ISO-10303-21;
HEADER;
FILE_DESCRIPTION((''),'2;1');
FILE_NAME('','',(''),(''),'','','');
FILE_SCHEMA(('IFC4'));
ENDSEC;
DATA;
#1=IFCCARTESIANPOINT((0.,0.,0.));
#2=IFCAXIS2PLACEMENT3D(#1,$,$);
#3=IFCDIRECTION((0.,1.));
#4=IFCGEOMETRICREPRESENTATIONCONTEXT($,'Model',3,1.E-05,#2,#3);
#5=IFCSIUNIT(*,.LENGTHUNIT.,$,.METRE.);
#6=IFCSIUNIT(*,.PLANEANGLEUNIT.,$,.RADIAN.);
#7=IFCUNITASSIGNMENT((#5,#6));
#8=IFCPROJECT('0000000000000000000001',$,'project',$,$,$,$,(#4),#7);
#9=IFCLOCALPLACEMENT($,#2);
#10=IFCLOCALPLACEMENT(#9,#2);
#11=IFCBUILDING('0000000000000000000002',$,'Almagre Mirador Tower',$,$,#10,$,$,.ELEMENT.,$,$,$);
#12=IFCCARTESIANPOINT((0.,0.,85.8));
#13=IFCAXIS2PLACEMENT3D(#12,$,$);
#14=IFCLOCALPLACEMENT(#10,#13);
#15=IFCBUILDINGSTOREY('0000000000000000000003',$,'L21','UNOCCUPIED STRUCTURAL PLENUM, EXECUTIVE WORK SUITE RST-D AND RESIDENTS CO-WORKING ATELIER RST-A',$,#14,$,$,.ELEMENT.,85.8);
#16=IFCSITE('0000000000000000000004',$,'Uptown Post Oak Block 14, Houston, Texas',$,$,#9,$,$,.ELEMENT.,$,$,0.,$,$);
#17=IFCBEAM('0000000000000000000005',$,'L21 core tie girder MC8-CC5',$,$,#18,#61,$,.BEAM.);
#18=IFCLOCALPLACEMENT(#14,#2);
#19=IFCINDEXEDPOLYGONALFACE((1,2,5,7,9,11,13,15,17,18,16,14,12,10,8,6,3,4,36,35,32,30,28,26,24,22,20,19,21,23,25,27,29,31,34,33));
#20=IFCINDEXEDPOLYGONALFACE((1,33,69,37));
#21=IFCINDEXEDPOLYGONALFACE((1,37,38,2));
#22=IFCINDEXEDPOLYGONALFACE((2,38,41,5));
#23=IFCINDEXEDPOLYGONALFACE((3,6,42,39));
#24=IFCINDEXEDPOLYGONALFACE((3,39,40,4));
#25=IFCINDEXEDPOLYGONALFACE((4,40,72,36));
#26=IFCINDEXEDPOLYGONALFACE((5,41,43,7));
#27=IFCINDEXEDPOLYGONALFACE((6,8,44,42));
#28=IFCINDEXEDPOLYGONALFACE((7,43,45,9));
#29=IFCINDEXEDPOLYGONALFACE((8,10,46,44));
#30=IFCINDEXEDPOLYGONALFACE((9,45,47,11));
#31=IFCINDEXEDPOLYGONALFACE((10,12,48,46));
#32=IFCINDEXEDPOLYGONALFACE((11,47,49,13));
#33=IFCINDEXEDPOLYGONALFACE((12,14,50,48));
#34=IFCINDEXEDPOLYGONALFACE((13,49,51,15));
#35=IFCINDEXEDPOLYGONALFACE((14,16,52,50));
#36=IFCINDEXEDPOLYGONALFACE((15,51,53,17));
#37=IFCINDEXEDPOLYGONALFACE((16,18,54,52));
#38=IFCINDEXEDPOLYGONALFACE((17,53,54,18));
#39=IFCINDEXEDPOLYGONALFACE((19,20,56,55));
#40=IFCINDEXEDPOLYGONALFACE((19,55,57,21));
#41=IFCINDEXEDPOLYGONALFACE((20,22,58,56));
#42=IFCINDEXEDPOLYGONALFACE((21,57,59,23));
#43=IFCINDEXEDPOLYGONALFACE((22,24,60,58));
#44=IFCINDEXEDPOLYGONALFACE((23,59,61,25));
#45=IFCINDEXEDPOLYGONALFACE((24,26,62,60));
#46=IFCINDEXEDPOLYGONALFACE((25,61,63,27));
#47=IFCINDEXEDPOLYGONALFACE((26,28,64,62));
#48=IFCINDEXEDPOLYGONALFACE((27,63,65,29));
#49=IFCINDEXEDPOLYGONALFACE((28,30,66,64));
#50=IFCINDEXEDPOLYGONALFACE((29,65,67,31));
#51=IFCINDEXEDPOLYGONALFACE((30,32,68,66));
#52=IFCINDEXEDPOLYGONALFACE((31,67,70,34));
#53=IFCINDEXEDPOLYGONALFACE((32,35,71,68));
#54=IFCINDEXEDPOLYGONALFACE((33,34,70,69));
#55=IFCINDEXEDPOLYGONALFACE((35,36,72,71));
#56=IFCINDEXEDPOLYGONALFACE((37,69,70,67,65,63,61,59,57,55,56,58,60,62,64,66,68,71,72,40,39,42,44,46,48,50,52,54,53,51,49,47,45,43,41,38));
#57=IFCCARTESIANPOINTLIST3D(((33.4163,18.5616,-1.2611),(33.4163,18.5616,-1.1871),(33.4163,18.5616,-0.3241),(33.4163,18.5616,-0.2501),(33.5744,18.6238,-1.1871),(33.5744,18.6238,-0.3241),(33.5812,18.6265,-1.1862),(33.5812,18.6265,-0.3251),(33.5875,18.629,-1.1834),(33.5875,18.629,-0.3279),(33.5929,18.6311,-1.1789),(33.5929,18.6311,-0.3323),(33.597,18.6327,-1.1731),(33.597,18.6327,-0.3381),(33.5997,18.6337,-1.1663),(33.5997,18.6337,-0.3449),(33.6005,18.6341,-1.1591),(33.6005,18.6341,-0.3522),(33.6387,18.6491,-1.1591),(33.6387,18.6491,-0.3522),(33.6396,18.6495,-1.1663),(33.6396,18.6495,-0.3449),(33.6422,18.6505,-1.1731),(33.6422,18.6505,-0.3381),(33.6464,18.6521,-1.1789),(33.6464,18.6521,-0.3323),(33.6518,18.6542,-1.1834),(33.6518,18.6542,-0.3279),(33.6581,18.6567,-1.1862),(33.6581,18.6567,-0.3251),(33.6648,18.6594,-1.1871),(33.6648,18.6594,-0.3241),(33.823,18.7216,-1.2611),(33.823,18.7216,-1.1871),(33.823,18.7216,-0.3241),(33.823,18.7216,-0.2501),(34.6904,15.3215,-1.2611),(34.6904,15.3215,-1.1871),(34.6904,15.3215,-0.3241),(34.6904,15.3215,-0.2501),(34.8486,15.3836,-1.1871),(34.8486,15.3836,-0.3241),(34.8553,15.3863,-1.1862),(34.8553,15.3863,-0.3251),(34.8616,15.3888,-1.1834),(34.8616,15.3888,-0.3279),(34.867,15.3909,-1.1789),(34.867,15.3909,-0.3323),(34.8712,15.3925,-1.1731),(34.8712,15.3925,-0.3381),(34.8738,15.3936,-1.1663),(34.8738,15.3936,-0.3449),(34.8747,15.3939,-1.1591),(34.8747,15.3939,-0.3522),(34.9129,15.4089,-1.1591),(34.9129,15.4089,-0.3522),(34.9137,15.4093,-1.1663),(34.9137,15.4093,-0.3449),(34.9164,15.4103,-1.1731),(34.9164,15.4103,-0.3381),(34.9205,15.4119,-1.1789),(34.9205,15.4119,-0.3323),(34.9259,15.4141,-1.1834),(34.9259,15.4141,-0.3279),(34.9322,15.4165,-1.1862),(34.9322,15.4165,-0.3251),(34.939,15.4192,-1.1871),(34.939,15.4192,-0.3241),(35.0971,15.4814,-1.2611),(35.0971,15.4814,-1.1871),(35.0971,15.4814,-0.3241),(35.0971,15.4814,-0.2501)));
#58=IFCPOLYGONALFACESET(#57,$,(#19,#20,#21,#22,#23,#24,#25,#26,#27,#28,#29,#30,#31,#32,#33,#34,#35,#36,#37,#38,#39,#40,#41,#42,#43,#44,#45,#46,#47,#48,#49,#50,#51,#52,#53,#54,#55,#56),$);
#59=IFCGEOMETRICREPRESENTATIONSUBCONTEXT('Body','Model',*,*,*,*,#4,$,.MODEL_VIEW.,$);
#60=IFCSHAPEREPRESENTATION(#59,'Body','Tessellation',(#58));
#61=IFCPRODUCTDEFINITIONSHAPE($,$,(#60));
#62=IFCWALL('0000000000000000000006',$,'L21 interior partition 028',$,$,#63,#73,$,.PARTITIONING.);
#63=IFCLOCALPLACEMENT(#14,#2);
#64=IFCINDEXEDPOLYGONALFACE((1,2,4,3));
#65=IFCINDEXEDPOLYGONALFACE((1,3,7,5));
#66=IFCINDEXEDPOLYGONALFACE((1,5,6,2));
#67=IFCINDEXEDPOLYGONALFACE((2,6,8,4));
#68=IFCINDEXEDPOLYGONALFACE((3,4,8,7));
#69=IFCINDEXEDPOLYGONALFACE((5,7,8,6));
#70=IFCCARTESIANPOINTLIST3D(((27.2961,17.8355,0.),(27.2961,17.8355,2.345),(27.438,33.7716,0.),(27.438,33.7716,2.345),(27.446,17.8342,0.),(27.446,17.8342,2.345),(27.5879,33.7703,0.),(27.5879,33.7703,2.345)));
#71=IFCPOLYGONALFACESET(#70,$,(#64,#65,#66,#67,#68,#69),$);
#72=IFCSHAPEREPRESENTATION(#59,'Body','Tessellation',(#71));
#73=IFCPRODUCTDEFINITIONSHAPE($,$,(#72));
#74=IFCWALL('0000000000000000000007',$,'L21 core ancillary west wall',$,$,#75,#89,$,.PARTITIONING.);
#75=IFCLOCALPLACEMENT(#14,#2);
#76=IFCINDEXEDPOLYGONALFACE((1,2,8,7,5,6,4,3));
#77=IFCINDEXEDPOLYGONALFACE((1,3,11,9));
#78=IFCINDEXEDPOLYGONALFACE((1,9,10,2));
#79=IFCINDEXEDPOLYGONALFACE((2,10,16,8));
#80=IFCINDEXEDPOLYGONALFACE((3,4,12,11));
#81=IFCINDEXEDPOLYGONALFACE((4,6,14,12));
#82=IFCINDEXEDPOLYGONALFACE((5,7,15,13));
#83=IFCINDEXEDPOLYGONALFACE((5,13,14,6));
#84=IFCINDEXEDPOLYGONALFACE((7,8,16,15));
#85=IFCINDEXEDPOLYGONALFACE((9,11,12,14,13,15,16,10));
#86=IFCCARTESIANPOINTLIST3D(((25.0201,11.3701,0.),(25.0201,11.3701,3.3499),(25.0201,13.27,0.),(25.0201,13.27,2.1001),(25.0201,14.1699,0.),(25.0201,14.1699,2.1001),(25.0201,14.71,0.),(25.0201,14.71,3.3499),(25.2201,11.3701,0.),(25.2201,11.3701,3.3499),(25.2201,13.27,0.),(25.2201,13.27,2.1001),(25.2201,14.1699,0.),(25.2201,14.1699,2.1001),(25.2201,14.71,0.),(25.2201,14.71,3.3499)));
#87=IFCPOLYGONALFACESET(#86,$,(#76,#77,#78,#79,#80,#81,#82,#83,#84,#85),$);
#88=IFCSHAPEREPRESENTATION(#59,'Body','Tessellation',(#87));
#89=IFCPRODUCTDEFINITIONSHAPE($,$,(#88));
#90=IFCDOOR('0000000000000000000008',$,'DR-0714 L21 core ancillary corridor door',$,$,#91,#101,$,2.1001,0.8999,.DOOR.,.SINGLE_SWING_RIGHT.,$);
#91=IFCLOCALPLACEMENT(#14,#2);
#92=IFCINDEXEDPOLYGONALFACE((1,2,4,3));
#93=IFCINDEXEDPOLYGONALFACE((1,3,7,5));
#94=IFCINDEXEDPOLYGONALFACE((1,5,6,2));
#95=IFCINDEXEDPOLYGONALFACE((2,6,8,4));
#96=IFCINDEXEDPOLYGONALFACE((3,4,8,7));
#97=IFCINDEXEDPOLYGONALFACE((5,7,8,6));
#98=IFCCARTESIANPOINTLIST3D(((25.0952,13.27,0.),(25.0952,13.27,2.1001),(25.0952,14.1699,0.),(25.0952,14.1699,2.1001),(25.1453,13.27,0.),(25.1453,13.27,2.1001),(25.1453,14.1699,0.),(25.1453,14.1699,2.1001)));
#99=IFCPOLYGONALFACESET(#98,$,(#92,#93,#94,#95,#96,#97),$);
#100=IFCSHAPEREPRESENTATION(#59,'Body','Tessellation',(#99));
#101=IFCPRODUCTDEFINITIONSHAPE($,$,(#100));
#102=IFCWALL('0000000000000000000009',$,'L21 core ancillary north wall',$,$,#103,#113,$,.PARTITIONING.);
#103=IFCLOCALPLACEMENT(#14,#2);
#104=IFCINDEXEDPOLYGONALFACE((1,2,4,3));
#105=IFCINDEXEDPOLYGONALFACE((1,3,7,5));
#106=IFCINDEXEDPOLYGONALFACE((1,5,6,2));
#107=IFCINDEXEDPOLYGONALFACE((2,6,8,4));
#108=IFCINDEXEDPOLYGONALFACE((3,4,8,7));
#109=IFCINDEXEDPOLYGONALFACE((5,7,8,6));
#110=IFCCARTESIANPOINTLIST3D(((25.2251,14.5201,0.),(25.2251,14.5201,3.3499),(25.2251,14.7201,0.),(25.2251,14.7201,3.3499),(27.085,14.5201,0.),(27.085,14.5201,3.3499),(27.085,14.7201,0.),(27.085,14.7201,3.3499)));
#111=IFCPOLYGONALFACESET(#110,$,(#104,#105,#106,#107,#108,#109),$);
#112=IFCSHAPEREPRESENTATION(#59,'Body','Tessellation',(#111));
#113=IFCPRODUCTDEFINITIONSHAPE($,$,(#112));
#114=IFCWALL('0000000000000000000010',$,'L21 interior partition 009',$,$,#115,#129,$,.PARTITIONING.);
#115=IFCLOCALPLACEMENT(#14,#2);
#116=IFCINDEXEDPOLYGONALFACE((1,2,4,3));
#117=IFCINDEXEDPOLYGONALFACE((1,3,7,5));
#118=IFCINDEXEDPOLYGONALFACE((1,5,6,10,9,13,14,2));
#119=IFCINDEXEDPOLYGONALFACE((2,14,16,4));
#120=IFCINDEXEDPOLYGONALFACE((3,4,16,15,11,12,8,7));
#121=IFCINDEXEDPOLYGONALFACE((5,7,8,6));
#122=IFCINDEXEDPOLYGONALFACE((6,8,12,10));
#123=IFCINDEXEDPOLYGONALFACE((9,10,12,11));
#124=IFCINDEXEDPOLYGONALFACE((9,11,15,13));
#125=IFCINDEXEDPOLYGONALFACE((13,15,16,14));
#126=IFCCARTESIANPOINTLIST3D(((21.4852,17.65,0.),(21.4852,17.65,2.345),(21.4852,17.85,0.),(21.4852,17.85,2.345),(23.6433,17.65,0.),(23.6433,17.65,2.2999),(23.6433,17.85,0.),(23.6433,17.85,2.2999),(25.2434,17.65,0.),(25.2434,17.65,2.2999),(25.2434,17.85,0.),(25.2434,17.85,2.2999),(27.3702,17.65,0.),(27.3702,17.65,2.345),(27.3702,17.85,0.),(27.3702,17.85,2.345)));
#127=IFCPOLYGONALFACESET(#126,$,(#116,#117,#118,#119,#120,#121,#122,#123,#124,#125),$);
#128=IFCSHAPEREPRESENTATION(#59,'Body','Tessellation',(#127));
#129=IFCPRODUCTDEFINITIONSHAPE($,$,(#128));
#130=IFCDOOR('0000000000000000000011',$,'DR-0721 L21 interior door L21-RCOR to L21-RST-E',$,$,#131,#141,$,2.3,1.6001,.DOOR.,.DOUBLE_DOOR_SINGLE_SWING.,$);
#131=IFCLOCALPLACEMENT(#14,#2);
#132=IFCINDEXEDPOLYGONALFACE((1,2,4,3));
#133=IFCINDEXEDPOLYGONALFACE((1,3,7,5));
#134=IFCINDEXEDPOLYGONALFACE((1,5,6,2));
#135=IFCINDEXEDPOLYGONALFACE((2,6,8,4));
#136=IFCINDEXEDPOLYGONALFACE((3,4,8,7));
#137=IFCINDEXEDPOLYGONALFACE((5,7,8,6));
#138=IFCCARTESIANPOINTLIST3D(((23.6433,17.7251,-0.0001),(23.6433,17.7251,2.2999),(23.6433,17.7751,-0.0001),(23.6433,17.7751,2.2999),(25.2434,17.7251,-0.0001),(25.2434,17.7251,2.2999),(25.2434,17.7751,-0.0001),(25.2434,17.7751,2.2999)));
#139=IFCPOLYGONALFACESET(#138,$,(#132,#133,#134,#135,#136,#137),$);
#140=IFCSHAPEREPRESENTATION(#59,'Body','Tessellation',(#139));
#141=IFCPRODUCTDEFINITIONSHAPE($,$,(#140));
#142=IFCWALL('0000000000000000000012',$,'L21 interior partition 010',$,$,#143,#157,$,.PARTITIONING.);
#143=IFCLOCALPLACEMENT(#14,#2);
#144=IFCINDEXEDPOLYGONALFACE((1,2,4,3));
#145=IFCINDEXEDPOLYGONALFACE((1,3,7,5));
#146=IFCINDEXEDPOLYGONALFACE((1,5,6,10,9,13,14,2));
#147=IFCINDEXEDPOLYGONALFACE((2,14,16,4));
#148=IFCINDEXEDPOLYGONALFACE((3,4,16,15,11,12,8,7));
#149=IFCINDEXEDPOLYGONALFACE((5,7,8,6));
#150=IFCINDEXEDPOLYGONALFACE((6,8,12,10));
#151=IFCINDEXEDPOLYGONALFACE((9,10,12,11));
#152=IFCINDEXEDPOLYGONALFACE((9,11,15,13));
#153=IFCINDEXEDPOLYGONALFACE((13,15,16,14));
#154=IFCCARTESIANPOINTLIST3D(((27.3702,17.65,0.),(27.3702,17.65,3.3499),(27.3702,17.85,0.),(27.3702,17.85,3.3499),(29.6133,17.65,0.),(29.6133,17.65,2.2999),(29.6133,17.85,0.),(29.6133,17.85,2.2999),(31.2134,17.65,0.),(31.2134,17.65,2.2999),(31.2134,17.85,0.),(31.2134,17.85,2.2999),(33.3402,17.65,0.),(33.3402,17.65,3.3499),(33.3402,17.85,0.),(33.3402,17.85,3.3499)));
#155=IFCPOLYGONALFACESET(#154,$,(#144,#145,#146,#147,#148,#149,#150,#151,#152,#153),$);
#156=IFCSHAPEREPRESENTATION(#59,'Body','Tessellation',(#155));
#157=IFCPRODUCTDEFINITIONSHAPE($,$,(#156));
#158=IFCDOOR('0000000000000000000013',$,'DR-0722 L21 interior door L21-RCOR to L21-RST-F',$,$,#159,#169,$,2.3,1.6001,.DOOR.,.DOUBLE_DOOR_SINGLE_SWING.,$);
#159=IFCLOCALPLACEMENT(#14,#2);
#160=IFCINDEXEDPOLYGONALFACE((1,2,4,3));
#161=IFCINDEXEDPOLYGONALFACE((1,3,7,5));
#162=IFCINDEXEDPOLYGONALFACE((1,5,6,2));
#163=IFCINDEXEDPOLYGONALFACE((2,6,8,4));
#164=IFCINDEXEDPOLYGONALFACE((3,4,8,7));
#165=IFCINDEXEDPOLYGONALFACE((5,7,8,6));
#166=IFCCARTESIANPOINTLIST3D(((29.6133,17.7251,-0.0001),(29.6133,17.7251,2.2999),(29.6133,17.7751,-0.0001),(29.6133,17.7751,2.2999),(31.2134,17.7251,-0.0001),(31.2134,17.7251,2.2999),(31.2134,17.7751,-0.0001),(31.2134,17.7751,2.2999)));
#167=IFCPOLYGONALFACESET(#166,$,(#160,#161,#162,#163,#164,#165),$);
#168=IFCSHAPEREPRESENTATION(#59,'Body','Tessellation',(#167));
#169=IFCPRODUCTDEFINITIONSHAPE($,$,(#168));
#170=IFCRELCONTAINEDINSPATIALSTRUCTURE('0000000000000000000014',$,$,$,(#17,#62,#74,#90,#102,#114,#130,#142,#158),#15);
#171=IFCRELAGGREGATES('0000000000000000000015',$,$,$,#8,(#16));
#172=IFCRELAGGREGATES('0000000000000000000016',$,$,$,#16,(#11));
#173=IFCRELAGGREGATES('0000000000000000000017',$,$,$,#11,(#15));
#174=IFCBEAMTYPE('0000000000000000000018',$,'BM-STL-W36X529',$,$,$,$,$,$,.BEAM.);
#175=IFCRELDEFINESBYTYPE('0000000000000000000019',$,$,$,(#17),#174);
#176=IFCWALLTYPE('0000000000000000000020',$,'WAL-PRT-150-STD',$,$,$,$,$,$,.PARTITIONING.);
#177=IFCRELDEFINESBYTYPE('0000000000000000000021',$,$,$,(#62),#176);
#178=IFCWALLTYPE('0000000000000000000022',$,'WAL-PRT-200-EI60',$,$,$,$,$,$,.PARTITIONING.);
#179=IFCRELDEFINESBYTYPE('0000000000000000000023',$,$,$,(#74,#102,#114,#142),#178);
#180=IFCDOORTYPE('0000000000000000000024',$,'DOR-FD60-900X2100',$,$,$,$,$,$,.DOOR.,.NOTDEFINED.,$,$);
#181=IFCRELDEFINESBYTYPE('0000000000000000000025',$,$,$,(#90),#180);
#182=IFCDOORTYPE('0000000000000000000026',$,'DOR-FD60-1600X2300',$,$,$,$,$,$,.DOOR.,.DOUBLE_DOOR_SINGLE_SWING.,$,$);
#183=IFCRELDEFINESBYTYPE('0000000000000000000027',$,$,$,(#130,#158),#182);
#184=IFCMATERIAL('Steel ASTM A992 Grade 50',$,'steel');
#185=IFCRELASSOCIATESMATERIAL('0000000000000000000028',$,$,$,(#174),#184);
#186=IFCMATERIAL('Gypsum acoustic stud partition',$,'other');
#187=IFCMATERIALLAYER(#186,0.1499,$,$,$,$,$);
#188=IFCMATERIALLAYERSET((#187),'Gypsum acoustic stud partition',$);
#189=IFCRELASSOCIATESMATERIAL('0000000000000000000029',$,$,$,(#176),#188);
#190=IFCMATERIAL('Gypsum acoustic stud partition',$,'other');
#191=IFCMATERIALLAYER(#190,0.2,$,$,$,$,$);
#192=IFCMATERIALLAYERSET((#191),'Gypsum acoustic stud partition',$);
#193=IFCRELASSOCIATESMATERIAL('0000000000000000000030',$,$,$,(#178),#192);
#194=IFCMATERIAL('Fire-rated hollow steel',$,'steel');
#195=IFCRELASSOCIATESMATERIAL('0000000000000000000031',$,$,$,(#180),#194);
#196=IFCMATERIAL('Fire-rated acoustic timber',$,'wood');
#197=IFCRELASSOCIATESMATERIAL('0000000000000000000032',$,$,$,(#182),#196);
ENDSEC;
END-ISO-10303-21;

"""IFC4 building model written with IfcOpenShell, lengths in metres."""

from ifc_helpers import new_model, si_unit, direction, frame, frame_2d, origin, origin_2d, place, context, subcontext, project, spatial, rectangle, i_section, extrude, material, layer, layer_set, material_profile, profile_set, type_object, element, fill, save


model = new_model("IFC4")

# Units and contexts
model_context = context("Model", 3, precision=1e-05, world=origin(), true_north=direction((0.0, 1.0)))
body_context = subcontext(model_context, "Body", "Model", "MODEL_VIEW")
ifc_project = project(units=[si_unit("LENGTHUNIT", "METRE"), si_unit("PLANEANGLEUNIT", "RADIAN")], contexts=[model_context])

# Site, building, storey
site_placement = place(None, origin())
site = spatial("IfcSite", under=ifc_project, at=site_placement, Name="Uptown Post Oak Block 14, Houston, Texas", CompositionType="ELEMENT", RefElevation=0.0)
building_placement = place(site_placement, origin())
building = spatial("IfcBuilding", under=site, at=building_placement, Name="Almagre Mirador Tower", CompositionType="ELEMENT")
storey_placement = place(building_placement, frame((0.0, 0.0, 85.8)))
storey = spatial("IfcBuildingStorey", under=building, at=storey_placement, Name="L21", Description="UNOCCUPIED STRUCTURAL PLENUM, EXECUTIVE WORK SUITE RST-D AND RESIDENTS CO-WORKING ATELIER RST-A", CompositionType="ELEMENT", Elevation=85.8)

# Beam
ifc_material_1 = material(Name="Steel ASTM A992 Grade 50", Category="steel")
ifc_material_profile_1 = material_profile(ifc_material_1, i_section(OverallWidth=0.437, OverallDepth=1.011, WebThickness=0.041, FlangeThickness=0.074, FilletRadius=0.0281, at=origin_2d()), Name="W36X529")
ifc_profile_set_1 = profile_set([ifc_material_profile_1], Name="Steel ASTM A992 Grade 50")
beam_type_1 = type_object("IfcBeamType", Name="BM-STL-W36X529", PredefinedType="BEAM", material=ifc_profile_set_1)
beam_1_placement = place(storey_placement, frame((33.6196, 18.6416, -0.7556), z_axis=(0.365956, -0.930632, 0.0), x_axis=(0.930632, 0.365956, 0.0)))
element("IfcBeam", 1, at=beam_1_placement, inside=storey, type_object=beam_type_1, Name="L21 core tie girder MC8-CC5", PredefinedType="BEAM", context=body_context, shape_type="SweptSolid", body=[
    extrude(i_section(OverallWidth=0.437, OverallDepth=1.011, WebThickness=0.041, FlangeThickness=0.074, FilletRadius=0.0281, at=origin_2d()), origin(), (0.0, 0.0, 1.0), 3.4817),
])

# Wall
ifc_material_2 = material(Name="Gypsum acoustic stud partition", Category="other")
ifc_layer_1 = layer(ifc_material_2, 0.1499)
ifc_layer_set_1 = layer_set([ifc_layer_1], Name="Gypsum acoustic stud partition")
wall_type_1 = type_object("IfcWallType", Name="WAL-PRT-150-STD", PredefinedType="PARTITIONING", material=ifc_layer_set_1)
wall_1_placement = place(storey_placement, frame((27.3711, 17.835, 0.0), z_axis=(0.0, 0.0, 1.0), x_axis=(0.008901, 0.99996, 0.0)))
element("IfcWall", 2, at=wall_1_placement, inside=storey, type_object=wall_type_1, Name="L21 interior partition 028", PredefinedType="PARTITIONING", context=body_context, shape_type="SweptSolid", body=[
    extrude(rectangle(XDim=15.9368, YDim=0.1499, at=frame_2d((7.9683, 0.0))), origin(), (0.0, 0.0, 1.0), 2.345),
])

# Wall, opening, door
ifc_material_3 = material(Name="Gypsum acoustic stud partition", Category="other")
ifc_layer_2 = layer(ifc_material_3, 0.2)
ifc_layer_set_2 = layer_set([ifc_layer_2], Name="Gypsum acoustic stud partition")
wall_type_2 = type_object("IfcWallType", Name="WAL-PRT-200-EI60", PredefinedType="PARTITIONING", material=ifc_layer_set_2)
wall_2_placement = place(storey_placement, frame((25.1201, 11.3701, 0.0), z_axis=(0.0, 0.0, 1.0), x_axis=(0.0, 1.0, 0.0)))
wall_2 = element("IfcWall", 3, at=wall_2_placement, inside=storey, type_object=wall_type_2, Name="L21 core ancillary west wall", PredefinedType="PARTITIONING", context=body_context, shape_type="SweptSolid", body=[
    extrude(rectangle(XDim=3.3398, YDim=0.2, at=frame_2d((1.6699, 0.0))), origin(), (0.0, 0.0, 1.0), 3.3499),
])
opening_1_placement = place(wall_2_placement, frame((1.8999, 0.0, 0.0)))
opening_1 = element("IfcOpeningElement", 4, at=opening_1_placement, cuts=wall_2, PredefinedType="OPENING", context=body_context, shape_type="SweptSolid", body=[
    extrude(rectangle(XDim=0.8999, YDim=2.1001, at=frame_2d((0.45, 1.05))), frame((0.0, 0.1101, 0.0), z_axis=(0.0, -1.0, 0.0), x_axis=(1.0, 0.0, 0.0)), (0.0, 0.0, 1.0), 0.22),
])
ifc_material_4 = material(Name="Fire-rated hollow steel", Category="steel")
door_type_1 = type_object("IfcDoorType", Name="DOR-FD60-900X2100", OperationType="NOTDEFINED", PredefinedType="DOOR", material=ifc_material_4)
door_1_placement = place(opening_1_placement, origin())
door_1 = element("IfcDoor", 5, at=door_1_placement, inside=storey, type_object=door_type_1, Name="DR-0714 L21 core ancillary corridor door", OperationType="SINGLE_SWING_RIGHT", OverallHeight=2.1001, OverallWidth=0.8999, PredefinedType="DOOR", context=body_context, shape_type="SweptSolid", body=[
    extrude(rectangle(XDim=0.8999, YDim=2.1001, at=frame_2d((0.45, 1.05))), frame((0.0, 0.0249, 0.0), z_axis=(0.0, -1.0, 0.0), x_axis=(1.0, 0.0, 0.0)), (0.0, 0.0, 1.0), 0.05),
])
fill(opening_1, door_1)

# Wall
wall_3_placement = place(storey_placement, frame((25.2251, 14.6201, 0.0), z_axis=(0.0, 0.0, 1.0), x_axis=(1.0, 0.0, 0.0)))
element("IfcWall", 6, at=wall_3_placement, inside=storey, type_object=wall_type_2, Name="L21 core ancillary north wall", PredefinedType="PARTITIONING", context=body_context, shape_type="SweptSolid", body=[
    extrude(rectangle(XDim=1.8599, YDim=0.2, at=frame_2d((0.9299, 0.0))), origin(), (0.0, 0.0, 1.0), 3.3499),
])

# Walls, openings, doors
wall_4_placement = place(storey_placement, frame((27.3701, 17.75, 0.0), z_axis=(0.0, 0.0, 1.0), x_axis=(-1.0, 0.0, 0.0)))
wall_4 = element("IfcWall", 7, at=wall_4_placement, inside=storey, type_object=wall_type_2, Name="L21 interior partition 009", PredefinedType="PARTITIONING", context=body_context, shape_type="SweptSolid", body=[
    extrude(rectangle(XDim=5.885, YDim=0.2, at=frame_2d((2.9424, 0.0))), origin(), (0.0, 0.0, 1.0), 2.345),
])
opening_2_placement = place(wall_4_placement, frame((2.1267, 0.0, 0.0)))
opening_2 = element("IfcOpeningElement", 8, at=opening_2_placement, cuts=wall_4, PredefinedType="OPENING", context=body_context, shape_type="SweptSolid", body=[
    extrude(rectangle(XDim=1.6001, YDim=2.3, at=frame_2d((0.8, 1.1499))), frame((0.0, 0.1101, 0.0), z_axis=(0.0, -1.0, 0.0), x_axis=(1.0, 0.0, 0.0)), (0.0, 0.0, 1.0), 0.22),
])
ifc_material_5 = material(Name="Fire-rated acoustic timber", Category="wood")
door_type_2 = type_object("IfcDoorType", Name="DOR-FD60-1600X2300", OperationType="DOUBLE_DOOR_SINGLE_SWING", PredefinedType="DOOR", material=ifc_material_5)
door_2_placement = place(opening_2_placement, origin())
door_2 = element("IfcDoor", 9, at=door_2_placement, inside=storey, type_object=door_type_2, Name="DR-0721 L21 interior door L21-RCOR to L21-RST-E", OperationType="DOUBLE_DOOR_SINGLE_SWING", OverallHeight=2.3, OverallWidth=1.6001, PredefinedType="DOOR", context=body_context, shape_type="SweptSolid", body=[
    extrude(rectangle(XDim=1.6001, YDim=2.3, at=frame_2d((0.8, 1.1499))), frame((0.0, 0.0249, 0.0), z_axis=(0.0, -1.0, 0.0), x_axis=(1.0, 0.0, 0.0)), (0.0, 0.0, 1.0), 0.05),
])
fill(opening_2, door_2)
wall_5_placement = place(storey_placement, frame((33.3401, 17.75, 0.0), z_axis=(0.0, 0.0, 1.0), x_axis=(-1.0, 0.0, 0.0)))
wall_5 = element("IfcWall", 10, at=wall_5_placement, inside=storey, type_object=wall_type_2, Name="L21 interior partition 010", PredefinedType="PARTITIONING", context=body_context, shape_type="SweptSolid", body=[
    extrude(rectangle(XDim=5.97, YDim=0.2, at=frame_2d((2.9849, 0.0))), origin(), (0.0, 0.0, 1.0), 3.3499),
])
opening_3_placement = place(wall_5_placement, frame((2.1267, 0.0, 0.0)))
opening_3 = element("IfcOpeningElement", 11, at=opening_3_placement, cuts=wall_5, PredefinedType="OPENING", context=body_context, shape_type="SweptSolid", body=[
    extrude(rectangle(XDim=1.6001, YDim=2.3, at=frame_2d((0.8, 1.1499))), frame((0.0, 0.1101, 0.0), z_axis=(0.0, -1.0, 0.0), x_axis=(1.0, 0.0, 0.0)), (0.0, 0.0, 1.0), 0.22),
])
door_3_placement = place(opening_3_placement, origin())
door_3 = element("IfcDoor", 12, at=door_3_placement, inside=storey, type_object=door_type_2, Name="DR-0722 L21 interior door L21-RCOR to L21-RST-F", OperationType="DOUBLE_DOOR_SINGLE_SWING", OverallHeight=2.3, OverallWidth=1.6001, PredefinedType="DOOR", context=body_context, shape_type="SweptSolid", body=[
    extrude(rectangle(XDim=1.6001, YDim=2.3, at=frame_2d((0.8, 1.1499))), frame((0.0, 0.0249, 0.0), z_axis=(0.0, -1.0, 0.0), x_axis=(1.0, 0.0, 0.0)), (0.0, 0.0, 1.0), 0.05),
])
fill(opening_3, door_3)

save(model, "model.ifc")
